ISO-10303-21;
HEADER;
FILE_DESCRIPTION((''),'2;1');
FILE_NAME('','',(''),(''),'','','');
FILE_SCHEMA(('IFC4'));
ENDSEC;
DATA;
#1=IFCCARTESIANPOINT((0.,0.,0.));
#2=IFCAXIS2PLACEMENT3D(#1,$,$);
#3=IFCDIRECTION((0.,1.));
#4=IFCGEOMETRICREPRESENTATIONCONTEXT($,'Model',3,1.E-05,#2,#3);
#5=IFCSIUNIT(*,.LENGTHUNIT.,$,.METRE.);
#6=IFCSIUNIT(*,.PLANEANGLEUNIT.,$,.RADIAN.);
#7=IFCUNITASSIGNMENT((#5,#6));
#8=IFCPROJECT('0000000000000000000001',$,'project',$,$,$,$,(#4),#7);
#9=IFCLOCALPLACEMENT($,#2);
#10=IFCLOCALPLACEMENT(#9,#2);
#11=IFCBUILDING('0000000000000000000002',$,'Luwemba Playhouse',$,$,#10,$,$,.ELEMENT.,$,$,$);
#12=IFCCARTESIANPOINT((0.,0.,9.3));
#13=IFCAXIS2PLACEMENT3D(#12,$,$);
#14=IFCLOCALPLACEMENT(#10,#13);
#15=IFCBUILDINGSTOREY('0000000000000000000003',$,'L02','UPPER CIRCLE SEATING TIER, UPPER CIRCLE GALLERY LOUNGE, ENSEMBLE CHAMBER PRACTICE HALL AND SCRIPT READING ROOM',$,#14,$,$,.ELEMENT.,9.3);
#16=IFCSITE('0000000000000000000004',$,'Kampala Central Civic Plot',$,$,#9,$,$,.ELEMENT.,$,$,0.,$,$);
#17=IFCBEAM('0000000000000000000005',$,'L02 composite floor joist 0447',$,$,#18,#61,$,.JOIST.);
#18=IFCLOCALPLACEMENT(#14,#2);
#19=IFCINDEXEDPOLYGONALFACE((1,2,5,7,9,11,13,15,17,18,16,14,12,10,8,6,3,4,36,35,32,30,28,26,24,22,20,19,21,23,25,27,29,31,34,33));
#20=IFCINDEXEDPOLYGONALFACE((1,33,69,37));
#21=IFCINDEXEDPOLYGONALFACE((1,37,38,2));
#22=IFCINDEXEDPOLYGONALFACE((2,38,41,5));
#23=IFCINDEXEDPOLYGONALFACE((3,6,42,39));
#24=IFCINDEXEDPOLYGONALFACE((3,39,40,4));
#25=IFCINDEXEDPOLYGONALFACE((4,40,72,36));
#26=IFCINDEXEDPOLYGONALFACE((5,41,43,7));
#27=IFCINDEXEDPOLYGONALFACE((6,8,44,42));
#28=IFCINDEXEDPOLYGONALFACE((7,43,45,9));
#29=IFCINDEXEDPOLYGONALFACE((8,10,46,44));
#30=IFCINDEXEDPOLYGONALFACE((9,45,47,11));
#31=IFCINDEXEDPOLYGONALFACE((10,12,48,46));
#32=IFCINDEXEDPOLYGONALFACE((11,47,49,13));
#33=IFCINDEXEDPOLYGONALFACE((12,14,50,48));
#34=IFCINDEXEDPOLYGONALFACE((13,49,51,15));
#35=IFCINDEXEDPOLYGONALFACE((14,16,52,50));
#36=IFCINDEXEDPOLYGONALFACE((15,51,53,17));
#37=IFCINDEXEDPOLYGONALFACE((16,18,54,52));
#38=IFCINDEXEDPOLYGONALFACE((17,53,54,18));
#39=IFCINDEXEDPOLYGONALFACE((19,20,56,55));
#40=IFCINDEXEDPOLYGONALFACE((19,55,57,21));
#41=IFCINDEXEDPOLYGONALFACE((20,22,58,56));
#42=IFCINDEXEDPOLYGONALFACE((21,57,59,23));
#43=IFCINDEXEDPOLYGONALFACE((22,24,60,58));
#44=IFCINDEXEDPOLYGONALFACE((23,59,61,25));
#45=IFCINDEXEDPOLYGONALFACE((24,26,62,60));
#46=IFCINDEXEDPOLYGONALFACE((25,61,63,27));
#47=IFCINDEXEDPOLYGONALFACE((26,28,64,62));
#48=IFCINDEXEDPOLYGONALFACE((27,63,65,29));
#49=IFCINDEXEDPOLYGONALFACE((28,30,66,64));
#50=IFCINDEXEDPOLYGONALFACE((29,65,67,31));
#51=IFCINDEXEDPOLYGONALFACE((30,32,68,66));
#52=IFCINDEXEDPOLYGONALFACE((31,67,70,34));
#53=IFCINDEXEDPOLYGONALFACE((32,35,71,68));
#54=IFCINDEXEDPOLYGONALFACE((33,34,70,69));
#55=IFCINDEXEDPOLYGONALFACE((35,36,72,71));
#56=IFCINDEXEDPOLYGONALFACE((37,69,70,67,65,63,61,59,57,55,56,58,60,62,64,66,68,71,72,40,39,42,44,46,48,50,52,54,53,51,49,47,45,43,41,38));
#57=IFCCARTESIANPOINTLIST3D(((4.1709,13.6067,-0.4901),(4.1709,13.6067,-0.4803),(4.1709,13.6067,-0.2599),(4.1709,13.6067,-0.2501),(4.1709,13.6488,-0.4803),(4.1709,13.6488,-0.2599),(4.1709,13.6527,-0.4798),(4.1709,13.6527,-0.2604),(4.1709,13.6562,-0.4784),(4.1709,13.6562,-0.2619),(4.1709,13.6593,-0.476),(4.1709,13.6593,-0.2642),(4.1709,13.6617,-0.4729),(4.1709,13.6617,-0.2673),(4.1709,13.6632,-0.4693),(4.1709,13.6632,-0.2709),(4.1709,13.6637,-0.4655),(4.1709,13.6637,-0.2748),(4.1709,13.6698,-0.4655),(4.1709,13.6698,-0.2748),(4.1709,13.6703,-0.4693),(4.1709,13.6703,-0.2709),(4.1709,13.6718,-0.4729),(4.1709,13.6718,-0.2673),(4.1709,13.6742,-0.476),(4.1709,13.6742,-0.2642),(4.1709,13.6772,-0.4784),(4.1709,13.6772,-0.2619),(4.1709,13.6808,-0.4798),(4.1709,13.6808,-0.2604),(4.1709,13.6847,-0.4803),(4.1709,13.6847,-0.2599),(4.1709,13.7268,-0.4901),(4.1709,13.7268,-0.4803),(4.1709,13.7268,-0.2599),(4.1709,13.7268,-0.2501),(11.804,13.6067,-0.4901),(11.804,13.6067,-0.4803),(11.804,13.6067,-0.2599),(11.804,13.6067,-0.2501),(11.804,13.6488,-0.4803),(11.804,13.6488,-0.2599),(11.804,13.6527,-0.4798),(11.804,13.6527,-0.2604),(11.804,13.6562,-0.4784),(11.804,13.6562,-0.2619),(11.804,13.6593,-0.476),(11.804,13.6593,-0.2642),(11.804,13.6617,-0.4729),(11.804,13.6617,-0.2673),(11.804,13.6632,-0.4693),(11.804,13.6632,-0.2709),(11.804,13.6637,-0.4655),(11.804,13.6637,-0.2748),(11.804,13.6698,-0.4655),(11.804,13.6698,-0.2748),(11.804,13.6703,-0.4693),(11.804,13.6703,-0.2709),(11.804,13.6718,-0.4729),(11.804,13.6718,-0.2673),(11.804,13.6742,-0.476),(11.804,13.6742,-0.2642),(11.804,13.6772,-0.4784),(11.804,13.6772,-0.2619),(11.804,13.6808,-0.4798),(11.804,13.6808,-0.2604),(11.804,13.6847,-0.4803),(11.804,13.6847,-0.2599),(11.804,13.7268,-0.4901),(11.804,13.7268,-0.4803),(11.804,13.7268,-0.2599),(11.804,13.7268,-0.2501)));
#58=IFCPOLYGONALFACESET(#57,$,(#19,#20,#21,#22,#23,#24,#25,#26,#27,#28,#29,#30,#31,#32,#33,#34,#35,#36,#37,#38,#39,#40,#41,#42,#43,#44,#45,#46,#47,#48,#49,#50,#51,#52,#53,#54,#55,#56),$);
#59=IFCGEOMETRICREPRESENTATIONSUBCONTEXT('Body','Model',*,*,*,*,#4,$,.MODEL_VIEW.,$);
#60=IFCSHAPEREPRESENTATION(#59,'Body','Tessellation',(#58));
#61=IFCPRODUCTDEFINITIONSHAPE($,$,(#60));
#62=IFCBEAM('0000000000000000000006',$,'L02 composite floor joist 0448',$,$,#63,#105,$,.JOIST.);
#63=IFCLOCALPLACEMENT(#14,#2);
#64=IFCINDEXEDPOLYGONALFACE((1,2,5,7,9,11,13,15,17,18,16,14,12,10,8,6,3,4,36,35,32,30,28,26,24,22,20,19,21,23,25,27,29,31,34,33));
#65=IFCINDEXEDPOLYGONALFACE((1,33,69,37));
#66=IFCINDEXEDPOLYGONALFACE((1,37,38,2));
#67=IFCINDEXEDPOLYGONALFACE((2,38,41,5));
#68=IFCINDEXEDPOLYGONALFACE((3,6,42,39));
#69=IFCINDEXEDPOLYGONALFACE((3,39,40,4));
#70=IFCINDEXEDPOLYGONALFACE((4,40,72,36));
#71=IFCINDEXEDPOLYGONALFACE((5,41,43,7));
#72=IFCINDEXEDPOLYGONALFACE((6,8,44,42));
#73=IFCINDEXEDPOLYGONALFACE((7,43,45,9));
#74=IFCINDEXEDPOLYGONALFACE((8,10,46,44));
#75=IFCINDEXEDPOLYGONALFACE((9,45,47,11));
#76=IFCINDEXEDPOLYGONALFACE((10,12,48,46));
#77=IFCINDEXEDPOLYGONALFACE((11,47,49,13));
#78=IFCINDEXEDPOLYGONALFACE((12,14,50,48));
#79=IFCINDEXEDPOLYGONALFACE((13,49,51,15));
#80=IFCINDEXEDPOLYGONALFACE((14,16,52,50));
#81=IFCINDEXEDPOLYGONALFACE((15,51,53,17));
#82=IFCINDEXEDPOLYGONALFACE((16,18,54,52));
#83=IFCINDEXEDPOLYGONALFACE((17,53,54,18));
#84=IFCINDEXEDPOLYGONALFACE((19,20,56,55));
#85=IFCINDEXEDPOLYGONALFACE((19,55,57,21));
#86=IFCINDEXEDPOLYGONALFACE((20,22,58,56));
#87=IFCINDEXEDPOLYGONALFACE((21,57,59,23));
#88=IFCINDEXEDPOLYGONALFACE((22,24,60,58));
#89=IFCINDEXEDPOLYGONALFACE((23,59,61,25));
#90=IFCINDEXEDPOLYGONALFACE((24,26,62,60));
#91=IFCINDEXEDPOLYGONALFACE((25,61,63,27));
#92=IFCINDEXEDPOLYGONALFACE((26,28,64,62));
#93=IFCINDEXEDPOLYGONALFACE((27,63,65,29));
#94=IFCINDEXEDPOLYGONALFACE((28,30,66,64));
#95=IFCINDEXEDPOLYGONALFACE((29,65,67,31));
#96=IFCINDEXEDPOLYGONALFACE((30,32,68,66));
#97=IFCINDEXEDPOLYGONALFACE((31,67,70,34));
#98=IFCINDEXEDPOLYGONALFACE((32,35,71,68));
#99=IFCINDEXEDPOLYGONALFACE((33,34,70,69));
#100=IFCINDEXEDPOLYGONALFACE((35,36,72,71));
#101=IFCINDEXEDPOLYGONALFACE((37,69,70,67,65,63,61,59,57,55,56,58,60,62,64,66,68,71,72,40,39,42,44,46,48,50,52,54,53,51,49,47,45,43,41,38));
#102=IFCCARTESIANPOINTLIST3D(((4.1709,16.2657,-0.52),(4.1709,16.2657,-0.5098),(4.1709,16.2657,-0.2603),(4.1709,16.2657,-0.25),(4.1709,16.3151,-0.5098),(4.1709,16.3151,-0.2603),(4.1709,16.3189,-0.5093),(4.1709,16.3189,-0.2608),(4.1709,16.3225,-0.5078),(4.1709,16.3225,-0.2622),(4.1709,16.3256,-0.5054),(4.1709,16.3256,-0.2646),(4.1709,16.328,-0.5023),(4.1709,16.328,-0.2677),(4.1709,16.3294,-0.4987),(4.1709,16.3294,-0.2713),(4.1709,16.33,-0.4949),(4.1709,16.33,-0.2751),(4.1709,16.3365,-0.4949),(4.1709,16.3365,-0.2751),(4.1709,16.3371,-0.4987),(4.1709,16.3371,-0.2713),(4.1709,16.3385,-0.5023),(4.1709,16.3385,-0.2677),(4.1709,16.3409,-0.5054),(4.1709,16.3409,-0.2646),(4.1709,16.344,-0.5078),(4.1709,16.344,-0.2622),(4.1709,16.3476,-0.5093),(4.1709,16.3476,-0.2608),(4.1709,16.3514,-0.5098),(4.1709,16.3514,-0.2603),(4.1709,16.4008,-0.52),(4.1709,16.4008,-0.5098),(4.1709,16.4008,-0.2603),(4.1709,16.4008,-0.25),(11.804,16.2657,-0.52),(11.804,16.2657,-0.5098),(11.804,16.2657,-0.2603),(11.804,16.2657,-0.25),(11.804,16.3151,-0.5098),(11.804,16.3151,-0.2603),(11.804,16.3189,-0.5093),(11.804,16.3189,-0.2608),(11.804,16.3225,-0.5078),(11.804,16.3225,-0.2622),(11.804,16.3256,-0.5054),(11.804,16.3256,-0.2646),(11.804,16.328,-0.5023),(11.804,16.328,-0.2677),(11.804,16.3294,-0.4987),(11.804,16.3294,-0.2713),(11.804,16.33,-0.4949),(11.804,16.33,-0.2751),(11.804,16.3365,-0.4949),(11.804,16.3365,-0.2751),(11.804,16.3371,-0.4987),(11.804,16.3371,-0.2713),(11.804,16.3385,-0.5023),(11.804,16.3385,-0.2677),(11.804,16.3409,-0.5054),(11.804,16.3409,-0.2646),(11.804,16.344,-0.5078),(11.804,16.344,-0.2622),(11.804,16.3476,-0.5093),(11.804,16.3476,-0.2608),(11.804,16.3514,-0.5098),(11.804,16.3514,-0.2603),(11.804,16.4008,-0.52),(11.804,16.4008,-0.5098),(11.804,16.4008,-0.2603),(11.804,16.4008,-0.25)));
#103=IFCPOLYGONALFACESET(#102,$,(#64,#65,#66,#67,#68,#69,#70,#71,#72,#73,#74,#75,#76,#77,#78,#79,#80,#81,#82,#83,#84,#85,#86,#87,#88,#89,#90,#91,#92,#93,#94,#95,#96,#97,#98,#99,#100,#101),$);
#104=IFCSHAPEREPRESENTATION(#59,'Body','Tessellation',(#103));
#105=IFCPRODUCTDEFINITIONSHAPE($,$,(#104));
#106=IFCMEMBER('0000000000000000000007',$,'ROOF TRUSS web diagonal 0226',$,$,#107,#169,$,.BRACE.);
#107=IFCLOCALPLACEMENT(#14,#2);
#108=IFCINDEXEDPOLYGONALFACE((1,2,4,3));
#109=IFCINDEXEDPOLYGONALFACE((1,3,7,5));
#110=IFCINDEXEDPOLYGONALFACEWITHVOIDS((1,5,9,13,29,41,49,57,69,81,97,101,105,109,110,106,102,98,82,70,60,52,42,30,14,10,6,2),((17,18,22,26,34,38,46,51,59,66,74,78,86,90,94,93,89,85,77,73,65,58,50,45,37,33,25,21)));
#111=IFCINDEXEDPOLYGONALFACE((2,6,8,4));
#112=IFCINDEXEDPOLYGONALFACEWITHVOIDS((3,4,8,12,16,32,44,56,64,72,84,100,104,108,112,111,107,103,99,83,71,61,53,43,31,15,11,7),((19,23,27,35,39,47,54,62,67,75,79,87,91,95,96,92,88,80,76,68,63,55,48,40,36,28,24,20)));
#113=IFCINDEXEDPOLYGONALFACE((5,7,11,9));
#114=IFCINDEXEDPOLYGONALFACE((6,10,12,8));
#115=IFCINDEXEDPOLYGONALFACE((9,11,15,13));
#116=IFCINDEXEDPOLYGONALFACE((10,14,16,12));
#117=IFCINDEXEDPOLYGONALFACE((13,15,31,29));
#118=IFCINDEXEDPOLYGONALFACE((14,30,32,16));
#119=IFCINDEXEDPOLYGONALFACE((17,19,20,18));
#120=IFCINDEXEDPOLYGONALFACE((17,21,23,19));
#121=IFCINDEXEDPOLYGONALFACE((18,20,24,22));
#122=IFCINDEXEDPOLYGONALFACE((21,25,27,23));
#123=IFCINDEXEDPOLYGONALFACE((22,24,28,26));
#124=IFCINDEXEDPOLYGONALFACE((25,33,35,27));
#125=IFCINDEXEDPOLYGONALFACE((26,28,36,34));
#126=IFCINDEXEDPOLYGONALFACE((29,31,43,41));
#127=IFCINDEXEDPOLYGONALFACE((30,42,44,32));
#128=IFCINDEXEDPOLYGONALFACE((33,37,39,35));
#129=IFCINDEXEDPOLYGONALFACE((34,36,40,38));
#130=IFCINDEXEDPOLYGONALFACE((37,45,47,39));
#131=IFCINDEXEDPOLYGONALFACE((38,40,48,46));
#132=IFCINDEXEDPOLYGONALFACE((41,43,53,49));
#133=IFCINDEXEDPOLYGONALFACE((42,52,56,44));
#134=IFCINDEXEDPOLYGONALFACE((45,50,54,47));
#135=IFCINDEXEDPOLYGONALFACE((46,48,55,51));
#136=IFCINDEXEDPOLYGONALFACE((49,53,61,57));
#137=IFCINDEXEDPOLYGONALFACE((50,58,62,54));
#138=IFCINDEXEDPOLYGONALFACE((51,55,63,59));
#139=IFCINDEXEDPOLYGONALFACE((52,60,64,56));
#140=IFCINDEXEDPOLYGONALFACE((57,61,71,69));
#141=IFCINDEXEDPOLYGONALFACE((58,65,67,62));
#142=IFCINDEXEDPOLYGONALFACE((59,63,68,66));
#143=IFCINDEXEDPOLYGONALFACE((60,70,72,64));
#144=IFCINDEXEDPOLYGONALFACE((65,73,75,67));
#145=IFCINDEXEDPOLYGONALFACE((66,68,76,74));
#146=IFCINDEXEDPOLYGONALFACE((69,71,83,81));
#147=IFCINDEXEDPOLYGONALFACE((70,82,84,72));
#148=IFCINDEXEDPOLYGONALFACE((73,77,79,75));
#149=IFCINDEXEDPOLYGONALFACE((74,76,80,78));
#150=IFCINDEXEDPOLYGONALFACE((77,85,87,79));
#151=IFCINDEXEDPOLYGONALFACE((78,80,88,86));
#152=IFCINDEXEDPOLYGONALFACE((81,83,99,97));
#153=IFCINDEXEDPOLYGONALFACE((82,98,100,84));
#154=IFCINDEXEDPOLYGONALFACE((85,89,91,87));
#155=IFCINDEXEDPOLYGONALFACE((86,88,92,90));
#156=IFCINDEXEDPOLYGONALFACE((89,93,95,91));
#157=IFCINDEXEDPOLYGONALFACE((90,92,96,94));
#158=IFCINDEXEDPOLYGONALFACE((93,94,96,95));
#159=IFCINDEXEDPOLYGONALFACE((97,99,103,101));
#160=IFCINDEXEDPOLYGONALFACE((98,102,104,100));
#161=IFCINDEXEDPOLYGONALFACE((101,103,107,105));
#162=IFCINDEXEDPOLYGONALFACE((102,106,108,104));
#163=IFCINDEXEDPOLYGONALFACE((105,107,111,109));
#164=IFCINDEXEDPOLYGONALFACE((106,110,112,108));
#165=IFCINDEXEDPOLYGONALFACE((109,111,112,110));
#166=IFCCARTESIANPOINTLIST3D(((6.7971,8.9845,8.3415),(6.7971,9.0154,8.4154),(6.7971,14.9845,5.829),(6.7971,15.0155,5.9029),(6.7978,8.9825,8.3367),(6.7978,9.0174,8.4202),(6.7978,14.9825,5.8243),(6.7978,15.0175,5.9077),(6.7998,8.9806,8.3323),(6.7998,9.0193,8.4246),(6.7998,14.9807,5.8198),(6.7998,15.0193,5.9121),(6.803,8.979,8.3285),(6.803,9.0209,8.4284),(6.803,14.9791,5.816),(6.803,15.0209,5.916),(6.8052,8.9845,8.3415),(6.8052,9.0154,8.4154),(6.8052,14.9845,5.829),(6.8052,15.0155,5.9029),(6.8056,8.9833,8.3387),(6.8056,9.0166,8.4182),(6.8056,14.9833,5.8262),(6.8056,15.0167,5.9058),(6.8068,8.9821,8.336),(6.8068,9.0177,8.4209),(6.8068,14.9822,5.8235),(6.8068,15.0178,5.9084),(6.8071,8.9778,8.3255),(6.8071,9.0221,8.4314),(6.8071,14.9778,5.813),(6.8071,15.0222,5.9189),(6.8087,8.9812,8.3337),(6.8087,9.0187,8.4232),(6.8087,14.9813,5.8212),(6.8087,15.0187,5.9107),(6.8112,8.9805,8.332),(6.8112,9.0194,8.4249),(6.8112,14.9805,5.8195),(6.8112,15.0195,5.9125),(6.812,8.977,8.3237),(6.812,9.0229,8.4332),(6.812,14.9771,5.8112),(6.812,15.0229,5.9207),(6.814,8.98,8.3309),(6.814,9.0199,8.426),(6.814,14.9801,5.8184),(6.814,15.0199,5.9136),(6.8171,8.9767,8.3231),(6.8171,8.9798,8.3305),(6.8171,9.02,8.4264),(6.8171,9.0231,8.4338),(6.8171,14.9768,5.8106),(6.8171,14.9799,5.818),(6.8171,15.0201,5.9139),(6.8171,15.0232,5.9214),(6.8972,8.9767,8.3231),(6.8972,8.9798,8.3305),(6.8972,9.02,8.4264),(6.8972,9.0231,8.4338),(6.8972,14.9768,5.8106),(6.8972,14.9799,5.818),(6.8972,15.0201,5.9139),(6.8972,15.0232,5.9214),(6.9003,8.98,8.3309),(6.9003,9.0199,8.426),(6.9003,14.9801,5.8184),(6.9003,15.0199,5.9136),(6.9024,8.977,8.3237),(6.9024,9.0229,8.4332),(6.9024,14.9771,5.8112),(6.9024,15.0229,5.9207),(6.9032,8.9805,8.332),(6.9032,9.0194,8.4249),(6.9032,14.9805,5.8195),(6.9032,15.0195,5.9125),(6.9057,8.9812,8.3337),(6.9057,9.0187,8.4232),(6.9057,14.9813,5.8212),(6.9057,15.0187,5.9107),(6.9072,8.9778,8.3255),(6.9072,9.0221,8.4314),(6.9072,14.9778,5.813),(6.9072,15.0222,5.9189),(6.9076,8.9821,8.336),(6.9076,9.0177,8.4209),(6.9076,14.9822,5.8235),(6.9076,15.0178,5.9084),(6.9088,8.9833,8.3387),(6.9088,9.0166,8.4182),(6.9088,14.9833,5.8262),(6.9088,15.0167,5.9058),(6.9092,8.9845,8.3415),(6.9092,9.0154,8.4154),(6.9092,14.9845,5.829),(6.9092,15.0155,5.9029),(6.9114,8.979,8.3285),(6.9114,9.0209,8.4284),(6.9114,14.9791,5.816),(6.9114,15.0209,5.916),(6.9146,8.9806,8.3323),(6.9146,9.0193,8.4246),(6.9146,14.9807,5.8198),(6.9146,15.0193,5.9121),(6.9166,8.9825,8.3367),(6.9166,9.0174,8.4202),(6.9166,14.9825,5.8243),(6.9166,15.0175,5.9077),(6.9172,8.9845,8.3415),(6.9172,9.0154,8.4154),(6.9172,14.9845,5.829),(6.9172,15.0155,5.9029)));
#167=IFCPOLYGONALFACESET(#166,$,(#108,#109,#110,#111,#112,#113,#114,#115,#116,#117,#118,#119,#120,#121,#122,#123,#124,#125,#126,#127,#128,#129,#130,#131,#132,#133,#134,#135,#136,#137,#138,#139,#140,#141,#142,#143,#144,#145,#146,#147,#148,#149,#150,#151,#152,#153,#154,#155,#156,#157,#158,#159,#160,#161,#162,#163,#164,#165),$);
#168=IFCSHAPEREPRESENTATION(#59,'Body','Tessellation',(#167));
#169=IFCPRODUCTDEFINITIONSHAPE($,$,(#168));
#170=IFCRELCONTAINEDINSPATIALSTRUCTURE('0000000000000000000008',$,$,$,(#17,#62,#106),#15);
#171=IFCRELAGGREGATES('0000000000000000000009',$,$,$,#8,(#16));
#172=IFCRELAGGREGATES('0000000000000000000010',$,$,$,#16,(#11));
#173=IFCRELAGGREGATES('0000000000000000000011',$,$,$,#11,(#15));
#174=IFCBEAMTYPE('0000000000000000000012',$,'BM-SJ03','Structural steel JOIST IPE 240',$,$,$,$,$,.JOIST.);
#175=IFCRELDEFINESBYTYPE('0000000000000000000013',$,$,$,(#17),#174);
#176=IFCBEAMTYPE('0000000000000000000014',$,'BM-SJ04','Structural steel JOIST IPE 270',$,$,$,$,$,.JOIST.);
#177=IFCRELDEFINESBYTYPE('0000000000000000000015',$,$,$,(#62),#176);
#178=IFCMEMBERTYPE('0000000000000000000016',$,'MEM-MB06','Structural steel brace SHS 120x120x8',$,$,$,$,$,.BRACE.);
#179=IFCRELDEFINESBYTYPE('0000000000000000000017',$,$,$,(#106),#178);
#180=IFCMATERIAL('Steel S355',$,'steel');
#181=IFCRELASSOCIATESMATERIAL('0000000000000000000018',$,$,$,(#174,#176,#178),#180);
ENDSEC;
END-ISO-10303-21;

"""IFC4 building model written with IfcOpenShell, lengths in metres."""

from ifc_helpers import new_model, si_unit, direction, frame, origin, origin_2d, place, context, subcontext, project, spatial, hollow_rectangle, i_section, extrude, material, material_profile, profile_set, type_object, element, save


model = new_model("IFC4")

# Units and contexts
model_context = context("Model", 3, precision=1e-05, world=origin(), true_north=direction((0.0, 1.0)))
body_context = subcontext(model_context, "Body", "Model", "MODEL_VIEW")
ifc_project = project(units=[si_unit("LENGTHUNIT", "METRE"), si_unit("PLANEANGLEUNIT", "RADIAN")], contexts=[model_context])

# Site, building, storey
site_placement = place(None, origin())
site = spatial("IfcSite", under=ifc_project, at=site_placement, Name="Kampala Central Civic Plot", CompositionType="ELEMENT", RefElevation=0.0)
building_placement = place(site_placement, origin())
building = spatial("IfcBuilding", under=site, at=building_placement, Name="Luwemba Playhouse", CompositionType="ELEMENT")
storey_placement = place(building_placement, frame((0.0, 0.0, 9.3)))
storey = spatial("IfcBuildingStorey", under=building, at=storey_placement, Name="L02", Description="UPPER CIRCLE SEATING TIER, UPPER CIRCLE GALLERY LOUNGE, ENSEMBLE CHAMBER PRACTICE HALL AND SCRIPT READING ROOM", CompositionType="ELEMENT", Elevation=9.3)

# Beams
ifc_material_1 = material(Name="Steel S355", Category="steel")
ifc_material_profile_1 = material_profile(ifc_material_1, i_section(OverallWidth=0.1201, OverallDepth=0.24, WebThickness=0.0061, FlangeThickness=0.0098, FilletRadius=0.0149, at=origin_2d()))
ifc_profile_set_1 = profile_set([ifc_material_profile_1], Name="Steel S355")
beam_type_1 = type_object("IfcBeamType", Name="BM-SJ03", Description="Structural steel JOIST IPE 240", PredefinedType="JOIST", material=ifc_profile_set_1)
beam_1_placement = place(storey_placement, frame((4.1709, 13.6667, -0.3701), z_axis=(1.0, 0.0, 0.0), x_axis=(0.0, 1.0, 0.0)))
element("IfcBeam", 1, at=beam_1_placement, inside=storey, type_object=beam_type_1, Name="L02 composite floor joist 0447", PredefinedType="JOIST", context=body_context, shape_type="SweptSolid", body=[
    extrude(i_section(OverallWidth=0.1201, OverallDepth=0.24, WebThickness=0.0061, FlangeThickness=0.0098, FilletRadius=0.0149, at=origin_2d()), origin(), (0.0, 0.0, 1.0), 7.6331),
])
ifc_material_profile_2 = material_profile(ifc_material_1, i_section(OverallWidth=0.135, OverallDepth=0.27, WebThickness=0.0066, FlangeThickness=0.0103, FilletRadius=0.0149, at=origin_2d()))
ifc_profile_set_2 = profile_set([ifc_material_profile_2], Name="Steel S355")
beam_type_2 = type_object("IfcBeamType", Name="BM-SJ04", Description="Structural steel JOIST IPE 270", PredefinedType="JOIST", material=ifc_profile_set_2)
beam_2_placement = place(storey_placement, frame((4.1709, 16.3333, -0.385), z_axis=(1.0, 0.0, 0.0), x_axis=(0.0, 1.0, 0.0)))
element("IfcBeam", 2, at=beam_2_placement, inside=storey, type_object=beam_type_2, Name="L02 composite floor joist 0448", PredefinedType="JOIST", context=body_context, shape_type="SweptSolid", body=[
    extrude(i_section(OverallWidth=0.135, OverallDepth=0.27, WebThickness=0.0066, FlangeThickness=0.0103, FilletRadius=0.0149, at=origin_2d()), origin(), (0.0, 0.0, 1.0), 7.6331),
])

# Member
ifc_material_profile_3 = material_profile(ifc_material_1, hollow_rectangle(XDim=0.1201, YDim=0.1201, WallThickness=0.0081, InnerFilletRadius=0.012, OuterFilletRadius=0.02, at=origin_2d()))
ifc_profile_set_3 = profile_set([ifc_material_profile_3], Name="Steel S355")
member_type_1 = type_object("IfcMemberType", Name="MEM-MB06", Description="Structural steel brace SHS 120x120x8", PredefinedType="BRACE", material=ifc_profile_set_3)
for number, where, z_axis, x_axis, name in (
    (3, (6.8572, 15.0, 5.866), (0.0, -0.922396, 0.386246), (1.0, 0.0, 0.0), "ROOF TRUSS web diagonal 0226"),
):
    element("IfcMember", number, at=place(storey_placement, frame(where, z_axis=z_axis, x_axis=x_axis)), inside=storey, type_object=member_type_1, Name=name, PredefinedType="BRACE", context=body_context, shape_type="SweptSolid", body=[
        extrude(hollow_rectangle(XDim=0.1201, YDim=0.1201, WallThickness=0.0081, InnerFilletRadius=0.012, OuterFilletRadius=0.02, at=origin_2d()), origin(), (0.0, 0.0, 1.0), 6.5049),
    ])

save(model, "model.ifc")
